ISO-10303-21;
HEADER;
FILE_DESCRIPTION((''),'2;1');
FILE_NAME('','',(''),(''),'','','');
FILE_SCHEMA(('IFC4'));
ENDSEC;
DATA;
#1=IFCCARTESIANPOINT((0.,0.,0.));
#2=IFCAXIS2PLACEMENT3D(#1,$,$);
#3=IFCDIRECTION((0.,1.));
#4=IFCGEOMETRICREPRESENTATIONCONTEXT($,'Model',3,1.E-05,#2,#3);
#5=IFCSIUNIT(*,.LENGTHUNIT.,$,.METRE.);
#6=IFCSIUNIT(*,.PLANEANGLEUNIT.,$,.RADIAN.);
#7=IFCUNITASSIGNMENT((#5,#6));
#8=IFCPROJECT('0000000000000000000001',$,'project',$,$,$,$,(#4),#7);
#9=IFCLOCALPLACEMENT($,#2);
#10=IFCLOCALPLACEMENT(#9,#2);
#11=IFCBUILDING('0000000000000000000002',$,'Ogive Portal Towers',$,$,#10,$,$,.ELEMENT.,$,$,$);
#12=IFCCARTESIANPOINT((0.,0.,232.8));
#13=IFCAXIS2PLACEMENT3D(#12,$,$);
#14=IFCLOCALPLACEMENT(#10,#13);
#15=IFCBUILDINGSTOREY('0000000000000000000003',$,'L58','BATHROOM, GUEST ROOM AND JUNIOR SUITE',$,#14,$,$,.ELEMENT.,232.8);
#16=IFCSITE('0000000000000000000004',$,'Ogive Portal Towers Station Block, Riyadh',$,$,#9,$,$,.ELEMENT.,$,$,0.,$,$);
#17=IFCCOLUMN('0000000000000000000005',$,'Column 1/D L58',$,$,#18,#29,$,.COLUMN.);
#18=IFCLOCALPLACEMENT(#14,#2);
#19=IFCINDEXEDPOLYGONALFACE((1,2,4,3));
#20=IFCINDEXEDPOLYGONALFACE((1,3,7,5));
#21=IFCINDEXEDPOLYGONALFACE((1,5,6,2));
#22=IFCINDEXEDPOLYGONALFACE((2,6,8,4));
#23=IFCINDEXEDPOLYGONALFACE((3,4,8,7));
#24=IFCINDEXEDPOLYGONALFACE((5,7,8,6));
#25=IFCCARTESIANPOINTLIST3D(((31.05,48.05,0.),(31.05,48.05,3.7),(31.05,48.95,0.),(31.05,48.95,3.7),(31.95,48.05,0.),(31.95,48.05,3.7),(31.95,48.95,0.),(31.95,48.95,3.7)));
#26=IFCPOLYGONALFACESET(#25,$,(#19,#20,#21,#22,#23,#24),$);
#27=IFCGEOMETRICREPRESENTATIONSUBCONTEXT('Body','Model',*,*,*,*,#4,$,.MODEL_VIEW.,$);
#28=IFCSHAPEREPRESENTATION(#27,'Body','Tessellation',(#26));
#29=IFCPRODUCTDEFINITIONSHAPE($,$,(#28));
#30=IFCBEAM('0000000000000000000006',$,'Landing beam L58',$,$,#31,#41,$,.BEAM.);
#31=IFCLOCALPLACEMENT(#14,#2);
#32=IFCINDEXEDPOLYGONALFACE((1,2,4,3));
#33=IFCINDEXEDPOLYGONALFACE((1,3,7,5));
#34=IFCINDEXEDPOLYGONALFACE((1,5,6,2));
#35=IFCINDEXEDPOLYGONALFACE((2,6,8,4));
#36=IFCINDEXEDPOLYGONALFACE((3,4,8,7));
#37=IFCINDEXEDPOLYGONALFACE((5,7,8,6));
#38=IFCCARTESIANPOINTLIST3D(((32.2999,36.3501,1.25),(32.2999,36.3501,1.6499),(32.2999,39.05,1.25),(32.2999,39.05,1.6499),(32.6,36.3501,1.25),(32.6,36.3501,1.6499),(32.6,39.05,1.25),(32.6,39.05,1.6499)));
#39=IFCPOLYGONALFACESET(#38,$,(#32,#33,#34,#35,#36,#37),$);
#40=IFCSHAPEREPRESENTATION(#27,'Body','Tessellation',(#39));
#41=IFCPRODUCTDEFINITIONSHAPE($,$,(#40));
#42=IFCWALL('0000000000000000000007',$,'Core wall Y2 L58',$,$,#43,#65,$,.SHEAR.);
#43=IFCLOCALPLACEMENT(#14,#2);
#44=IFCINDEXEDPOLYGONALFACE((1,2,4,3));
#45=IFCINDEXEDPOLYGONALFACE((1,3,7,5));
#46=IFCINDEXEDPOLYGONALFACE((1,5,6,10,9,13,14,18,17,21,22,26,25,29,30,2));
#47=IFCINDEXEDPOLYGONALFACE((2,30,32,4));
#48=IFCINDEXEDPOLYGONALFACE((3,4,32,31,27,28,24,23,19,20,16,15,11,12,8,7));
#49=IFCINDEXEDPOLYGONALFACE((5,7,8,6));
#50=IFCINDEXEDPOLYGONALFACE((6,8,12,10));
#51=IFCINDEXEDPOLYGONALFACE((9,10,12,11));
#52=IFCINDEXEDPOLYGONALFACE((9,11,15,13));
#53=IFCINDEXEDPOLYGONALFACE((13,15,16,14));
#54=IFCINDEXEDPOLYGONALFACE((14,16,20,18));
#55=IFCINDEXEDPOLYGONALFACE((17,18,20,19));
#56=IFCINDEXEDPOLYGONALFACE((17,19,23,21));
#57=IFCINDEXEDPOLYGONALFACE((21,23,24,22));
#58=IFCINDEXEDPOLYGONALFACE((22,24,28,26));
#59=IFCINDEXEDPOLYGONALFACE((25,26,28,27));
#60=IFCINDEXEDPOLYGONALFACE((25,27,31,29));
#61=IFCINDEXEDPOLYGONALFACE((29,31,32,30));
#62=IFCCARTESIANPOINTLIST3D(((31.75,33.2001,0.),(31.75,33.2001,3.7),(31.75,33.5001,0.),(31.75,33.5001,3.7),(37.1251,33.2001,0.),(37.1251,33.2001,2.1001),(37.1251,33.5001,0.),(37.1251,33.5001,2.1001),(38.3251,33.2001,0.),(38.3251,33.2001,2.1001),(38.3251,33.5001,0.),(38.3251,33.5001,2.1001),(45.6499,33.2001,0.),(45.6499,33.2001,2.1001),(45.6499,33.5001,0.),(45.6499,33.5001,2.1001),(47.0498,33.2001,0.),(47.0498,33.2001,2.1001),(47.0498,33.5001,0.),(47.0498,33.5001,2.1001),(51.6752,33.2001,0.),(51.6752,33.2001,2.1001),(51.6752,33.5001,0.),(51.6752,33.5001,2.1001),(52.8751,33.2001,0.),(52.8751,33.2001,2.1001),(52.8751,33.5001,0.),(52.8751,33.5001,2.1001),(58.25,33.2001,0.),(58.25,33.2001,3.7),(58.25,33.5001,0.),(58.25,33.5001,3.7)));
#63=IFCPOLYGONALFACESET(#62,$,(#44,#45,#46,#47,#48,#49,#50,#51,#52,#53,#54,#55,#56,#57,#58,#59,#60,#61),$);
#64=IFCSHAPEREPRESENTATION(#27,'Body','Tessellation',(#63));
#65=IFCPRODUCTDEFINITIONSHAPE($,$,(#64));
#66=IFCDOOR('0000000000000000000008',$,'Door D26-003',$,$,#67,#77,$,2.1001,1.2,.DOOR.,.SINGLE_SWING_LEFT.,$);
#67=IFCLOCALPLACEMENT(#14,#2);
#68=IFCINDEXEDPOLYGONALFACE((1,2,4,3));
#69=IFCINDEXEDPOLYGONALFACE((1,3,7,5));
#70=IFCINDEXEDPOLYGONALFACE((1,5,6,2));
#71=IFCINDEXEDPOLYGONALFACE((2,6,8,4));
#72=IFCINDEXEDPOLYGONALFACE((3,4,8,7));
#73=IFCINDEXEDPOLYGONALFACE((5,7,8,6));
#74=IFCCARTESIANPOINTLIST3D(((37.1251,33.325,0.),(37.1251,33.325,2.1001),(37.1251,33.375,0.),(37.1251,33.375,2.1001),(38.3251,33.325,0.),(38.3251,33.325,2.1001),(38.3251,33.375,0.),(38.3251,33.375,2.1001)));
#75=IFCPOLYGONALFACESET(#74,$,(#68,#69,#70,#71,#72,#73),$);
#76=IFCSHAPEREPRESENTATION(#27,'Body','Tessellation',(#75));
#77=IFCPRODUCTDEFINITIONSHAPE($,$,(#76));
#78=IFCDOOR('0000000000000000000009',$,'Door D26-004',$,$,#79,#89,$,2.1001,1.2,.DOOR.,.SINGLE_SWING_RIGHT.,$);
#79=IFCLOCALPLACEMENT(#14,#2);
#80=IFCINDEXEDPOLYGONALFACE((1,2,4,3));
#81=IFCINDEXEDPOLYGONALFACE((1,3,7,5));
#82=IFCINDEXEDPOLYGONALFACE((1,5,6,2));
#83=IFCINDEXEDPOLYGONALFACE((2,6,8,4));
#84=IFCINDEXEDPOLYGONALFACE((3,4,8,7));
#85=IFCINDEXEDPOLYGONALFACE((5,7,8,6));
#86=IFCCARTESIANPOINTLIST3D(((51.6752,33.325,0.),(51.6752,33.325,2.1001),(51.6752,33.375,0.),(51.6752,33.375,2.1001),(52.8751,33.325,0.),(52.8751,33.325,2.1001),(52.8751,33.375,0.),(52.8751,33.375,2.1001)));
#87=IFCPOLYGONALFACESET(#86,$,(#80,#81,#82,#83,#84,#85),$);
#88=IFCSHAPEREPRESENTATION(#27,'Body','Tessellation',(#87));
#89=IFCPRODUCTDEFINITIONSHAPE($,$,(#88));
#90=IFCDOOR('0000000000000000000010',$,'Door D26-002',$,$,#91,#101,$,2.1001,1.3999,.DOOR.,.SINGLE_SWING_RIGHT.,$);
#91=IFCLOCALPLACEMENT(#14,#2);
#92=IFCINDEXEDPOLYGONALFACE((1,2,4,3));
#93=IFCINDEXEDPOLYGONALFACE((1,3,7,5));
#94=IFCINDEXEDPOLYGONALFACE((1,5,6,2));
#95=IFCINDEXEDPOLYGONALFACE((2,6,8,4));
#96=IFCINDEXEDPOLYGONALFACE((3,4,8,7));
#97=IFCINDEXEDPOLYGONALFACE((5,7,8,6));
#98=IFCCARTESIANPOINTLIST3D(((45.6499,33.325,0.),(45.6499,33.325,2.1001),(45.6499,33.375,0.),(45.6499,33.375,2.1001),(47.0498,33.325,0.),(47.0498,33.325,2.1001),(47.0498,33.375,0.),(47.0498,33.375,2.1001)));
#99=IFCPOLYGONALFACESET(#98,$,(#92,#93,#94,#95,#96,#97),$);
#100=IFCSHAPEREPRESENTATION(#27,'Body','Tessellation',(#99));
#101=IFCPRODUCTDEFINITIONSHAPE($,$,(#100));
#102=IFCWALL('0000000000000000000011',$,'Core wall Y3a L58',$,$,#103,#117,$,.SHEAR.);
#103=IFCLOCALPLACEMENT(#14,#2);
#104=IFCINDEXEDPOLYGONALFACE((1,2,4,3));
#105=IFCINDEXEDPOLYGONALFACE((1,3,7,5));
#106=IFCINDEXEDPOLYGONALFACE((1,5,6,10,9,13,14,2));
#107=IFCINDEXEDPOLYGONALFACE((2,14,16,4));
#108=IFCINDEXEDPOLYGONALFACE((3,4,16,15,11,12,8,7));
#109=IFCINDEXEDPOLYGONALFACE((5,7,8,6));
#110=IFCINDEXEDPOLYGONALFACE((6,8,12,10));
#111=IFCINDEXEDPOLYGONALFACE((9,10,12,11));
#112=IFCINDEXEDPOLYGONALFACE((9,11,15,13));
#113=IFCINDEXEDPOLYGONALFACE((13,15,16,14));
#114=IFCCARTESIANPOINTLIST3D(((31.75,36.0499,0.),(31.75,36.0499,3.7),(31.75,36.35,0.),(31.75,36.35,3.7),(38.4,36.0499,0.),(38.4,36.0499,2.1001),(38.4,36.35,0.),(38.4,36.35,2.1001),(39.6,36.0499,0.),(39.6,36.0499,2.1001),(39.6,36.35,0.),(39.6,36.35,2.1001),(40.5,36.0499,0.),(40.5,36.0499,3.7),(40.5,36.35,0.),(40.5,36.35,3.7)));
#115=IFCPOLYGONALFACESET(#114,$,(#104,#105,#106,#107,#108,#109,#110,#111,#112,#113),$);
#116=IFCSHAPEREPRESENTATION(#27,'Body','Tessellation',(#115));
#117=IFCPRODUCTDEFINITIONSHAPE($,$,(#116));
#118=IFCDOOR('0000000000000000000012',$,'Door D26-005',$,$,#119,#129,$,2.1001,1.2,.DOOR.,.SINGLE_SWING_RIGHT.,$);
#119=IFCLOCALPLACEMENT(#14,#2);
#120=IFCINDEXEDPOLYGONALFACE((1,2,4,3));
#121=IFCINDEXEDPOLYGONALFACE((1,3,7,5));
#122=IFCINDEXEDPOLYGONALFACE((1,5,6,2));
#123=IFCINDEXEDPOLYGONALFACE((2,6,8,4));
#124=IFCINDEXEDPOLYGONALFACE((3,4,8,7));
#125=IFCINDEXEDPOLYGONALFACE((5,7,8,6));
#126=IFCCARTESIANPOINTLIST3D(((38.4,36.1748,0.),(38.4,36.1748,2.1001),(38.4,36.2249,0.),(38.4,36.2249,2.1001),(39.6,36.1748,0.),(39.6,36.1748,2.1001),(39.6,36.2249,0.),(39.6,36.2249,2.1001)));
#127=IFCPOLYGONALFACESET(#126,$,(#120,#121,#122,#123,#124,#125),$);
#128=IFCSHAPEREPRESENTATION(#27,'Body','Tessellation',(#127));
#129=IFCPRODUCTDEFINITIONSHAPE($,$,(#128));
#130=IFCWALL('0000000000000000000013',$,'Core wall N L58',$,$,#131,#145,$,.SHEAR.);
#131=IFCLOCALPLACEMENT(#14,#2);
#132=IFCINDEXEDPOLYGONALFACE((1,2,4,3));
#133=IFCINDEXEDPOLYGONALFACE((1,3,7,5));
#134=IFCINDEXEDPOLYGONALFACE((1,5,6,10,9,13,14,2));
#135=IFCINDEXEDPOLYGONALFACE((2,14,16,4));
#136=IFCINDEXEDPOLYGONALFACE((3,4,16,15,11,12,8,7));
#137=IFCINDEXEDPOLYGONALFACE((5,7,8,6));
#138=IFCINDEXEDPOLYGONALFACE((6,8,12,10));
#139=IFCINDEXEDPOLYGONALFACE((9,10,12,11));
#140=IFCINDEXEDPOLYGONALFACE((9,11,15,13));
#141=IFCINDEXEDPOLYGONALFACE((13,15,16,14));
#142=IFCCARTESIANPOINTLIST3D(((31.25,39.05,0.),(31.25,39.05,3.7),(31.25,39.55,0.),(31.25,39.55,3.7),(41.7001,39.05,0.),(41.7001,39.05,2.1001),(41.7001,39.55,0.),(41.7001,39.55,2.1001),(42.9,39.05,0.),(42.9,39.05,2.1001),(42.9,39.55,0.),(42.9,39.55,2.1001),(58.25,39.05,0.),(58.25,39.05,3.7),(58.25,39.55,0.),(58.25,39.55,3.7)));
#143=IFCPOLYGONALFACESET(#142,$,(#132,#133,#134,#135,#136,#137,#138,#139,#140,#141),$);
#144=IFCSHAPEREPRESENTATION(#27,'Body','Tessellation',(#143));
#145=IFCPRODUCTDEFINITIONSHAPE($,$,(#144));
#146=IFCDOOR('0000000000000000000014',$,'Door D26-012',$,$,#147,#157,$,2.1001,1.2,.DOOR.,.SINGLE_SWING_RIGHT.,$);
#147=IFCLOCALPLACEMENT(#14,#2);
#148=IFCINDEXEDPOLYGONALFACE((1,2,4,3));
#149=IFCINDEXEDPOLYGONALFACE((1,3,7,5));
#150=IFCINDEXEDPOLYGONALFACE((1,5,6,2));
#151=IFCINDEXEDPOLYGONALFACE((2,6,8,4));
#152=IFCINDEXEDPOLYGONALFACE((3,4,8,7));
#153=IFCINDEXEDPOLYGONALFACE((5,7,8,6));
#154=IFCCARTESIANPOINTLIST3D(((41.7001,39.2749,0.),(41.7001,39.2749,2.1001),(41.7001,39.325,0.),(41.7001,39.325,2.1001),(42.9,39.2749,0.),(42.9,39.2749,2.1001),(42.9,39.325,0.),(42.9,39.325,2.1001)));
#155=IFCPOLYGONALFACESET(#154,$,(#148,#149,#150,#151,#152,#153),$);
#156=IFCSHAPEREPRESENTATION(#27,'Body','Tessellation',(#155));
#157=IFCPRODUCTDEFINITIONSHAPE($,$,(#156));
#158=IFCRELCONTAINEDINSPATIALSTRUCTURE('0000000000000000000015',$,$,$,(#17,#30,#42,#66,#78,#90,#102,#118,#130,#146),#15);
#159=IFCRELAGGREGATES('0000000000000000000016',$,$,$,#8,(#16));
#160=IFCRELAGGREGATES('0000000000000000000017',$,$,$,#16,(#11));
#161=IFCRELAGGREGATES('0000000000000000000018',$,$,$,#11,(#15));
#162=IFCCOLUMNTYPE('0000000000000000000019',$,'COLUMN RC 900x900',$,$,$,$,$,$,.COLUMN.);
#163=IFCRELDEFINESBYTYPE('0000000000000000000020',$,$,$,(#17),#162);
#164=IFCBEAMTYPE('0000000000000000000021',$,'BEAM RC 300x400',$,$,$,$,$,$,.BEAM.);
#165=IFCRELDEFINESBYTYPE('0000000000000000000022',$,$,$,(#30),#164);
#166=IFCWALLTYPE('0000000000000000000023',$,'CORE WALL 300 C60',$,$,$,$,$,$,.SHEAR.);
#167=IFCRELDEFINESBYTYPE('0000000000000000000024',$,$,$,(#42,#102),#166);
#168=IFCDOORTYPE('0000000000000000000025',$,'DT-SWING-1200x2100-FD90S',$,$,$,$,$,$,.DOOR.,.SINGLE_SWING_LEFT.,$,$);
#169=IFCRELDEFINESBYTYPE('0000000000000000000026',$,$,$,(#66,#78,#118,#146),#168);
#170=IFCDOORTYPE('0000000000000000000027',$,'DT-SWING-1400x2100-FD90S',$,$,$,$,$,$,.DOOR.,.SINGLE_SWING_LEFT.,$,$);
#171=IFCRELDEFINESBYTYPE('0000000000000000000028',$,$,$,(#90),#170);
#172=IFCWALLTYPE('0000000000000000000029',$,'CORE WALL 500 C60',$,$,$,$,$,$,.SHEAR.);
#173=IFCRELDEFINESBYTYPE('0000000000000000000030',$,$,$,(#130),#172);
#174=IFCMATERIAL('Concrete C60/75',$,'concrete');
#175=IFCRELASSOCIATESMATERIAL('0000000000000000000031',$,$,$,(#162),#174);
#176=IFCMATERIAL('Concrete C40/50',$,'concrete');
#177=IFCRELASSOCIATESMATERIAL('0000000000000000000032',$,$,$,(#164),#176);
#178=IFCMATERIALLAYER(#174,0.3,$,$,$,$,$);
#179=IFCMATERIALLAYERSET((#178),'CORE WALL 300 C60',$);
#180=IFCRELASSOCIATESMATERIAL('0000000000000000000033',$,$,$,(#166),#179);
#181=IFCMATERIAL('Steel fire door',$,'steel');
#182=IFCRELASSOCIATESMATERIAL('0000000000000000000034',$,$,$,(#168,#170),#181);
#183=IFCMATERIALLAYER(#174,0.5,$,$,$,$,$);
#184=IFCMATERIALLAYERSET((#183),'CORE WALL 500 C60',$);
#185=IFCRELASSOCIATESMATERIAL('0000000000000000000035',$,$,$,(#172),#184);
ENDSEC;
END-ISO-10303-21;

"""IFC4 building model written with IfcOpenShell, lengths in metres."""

from ifc_helpers import new_model, si_unit, direction, frame, frame_2d, origin, origin_2d, place, context, subcontext, project, spatial, rectangle, extrude, material, layer, layer_set, material_profile, profile_set, type_object, element, fill, save


model = new_model("IFC4")

# Units and contexts
model_context = context("Model", 3, precision=1e-05, world=origin(), true_north=direction((0.0, 1.0)))
body_context = subcontext(model_context, "Body", "Model", "MODEL_VIEW")
ifc_project = project(units=[si_unit("LENGTHUNIT", "METRE"), si_unit("PLANEANGLEUNIT", "RADIAN")], contexts=[model_context])

# Site, building, storey
site_placement = place(None, origin())
site = spatial("IfcSite", under=ifc_project, at=site_placement, Name="Ogive Portal Towers Station Block, Riyadh", CompositionType="ELEMENT", RefElevation=0.0)
building_placement = place(site_placement, origin())
building = spatial("IfcBuilding", under=site, at=building_placement, Name="Ogive Portal Towers", CompositionType="ELEMENT")
storey_placement = place(building_placement, frame((0.0, 0.0, 232.8)))
storey = spatial("IfcBuildingStorey", under=building, at=storey_placement, Name="L58", Description="BATHROOM, GUEST ROOM AND JUNIOR SUITE", CompositionType="ELEMENT", Elevation=232.8)

# Column
ifc_material_1 = material(Name="Concrete C60/75", Category="concrete")
ifc_material_profile_1 = material_profile(ifc_material_1, rectangle(XDim=0.8999, YDim=0.8999, at=origin_2d()), Name="RC 900x900")
ifc_profile_set_1 = profile_set([ifc_material_profile_1], Name="Concrete C60/75")
column_type = type_object("IfcColumnType", Name="COLUMN RC 900x900", PredefinedType="COLUMN", material=ifc_profile_set_1)
column_placement = place(storey_placement, frame((31.5, 48.5, 0.0), z_axis=(0.0, 0.0, 1.0), x_axis=(1.0, 0.0, 0.0)))
element("IfcColumn", 1, at=column_placement, inside=storey, type_object=column_type, Name="Column 1/D L58", PredefinedType="COLUMN", context=body_context, shape_type="SweptSolid", body=[
    extrude(rectangle(XDim=0.8999, YDim=0.8999, at=origin_2d()), origin(), (0.0, 0.0, 1.0), 3.7),
])

# Beam
ifc_material_2 = material(Name="Concrete C40/50", Category="concrete")
ifc_material_profile_2 = material_profile(ifc_material_2, rectangle(XDim=0.3, YDim=0.3999, at=origin_2d()), Name="RC 300x400")
ifc_profile_set_2 = profile_set([ifc_material_profile_2], Name="Concrete C40/50")
beam_type = type_object("IfcBeamType", Name="BEAM RC 300x400", PredefinedType="BEAM", material=ifc_profile_set_2)
beam_placement = place(storey_placement, frame((32.45, 36.3501, 1.45), z_axis=(0.0, 1.0, 0.0), x_axis=(-1.0, 0.0, 0.0)))
element("IfcBeam", 2, at=beam_placement, inside=storey, type_object=beam_type, Name="Landing beam L58", PredefinedType="BEAM", context=body_context, shape_type="SweptSolid", body=[
    extrude(rectangle(XDim=0.3, YDim=0.3999, at=origin_2d()), origin(), (0.0, 0.0, 1.0), 2.7),
])

# Wall, openings, doors
ifc_layer_1 = layer(ifc_material_1, 0.3)
ifc_layer_set_1 = layer_set([ifc_layer_1], Name="CORE WALL 300 C60")
wall_type_1 = type_object("IfcWallType", Name="CORE WALL 300 C60", PredefinedType="SHEAR", material=ifc_layer_set_1)
wall_1_placement = place(storey_placement, frame((31.75, 33.3501, 0.0), z_axis=(0.0, 0.0, 1.0), x_axis=(1.0, 0.0, 0.0)))
wall_1 = element("IfcWall", 3, at=wall_1_placement, inside=storey, type_object=wall_type_1, Name="Core wall Y2 L58", PredefinedType="SHEAR", context=body_context, shape_type="SweptSolid", body=[
    extrude(rectangle(XDim=26.5, YDim=0.3, at=frame_2d((13.25, 0.0))), origin(), (0.0, 0.0, 1.0), 3.7),
])
opening_1_placement = place(wall_1_placement, frame((13.8999, 0.0, 0.0)))
opening_1 = element("IfcOpeningElement", 4, at=opening_1_placement, cuts=wall_1, PredefinedType="OPENING", context=body_context, shape_type="SweptSolid", body=[
    extrude(rectangle(XDim=1.3999, YDim=2.1001, at=frame_2d((0.7, 1.05))), frame((0.0, 0.1602, 0.0), z_axis=(0.0, -1.0, 0.0), x_axis=(1.0, 0.0, 0.0)), (0.0, 0.0, 1.0), 0.3201),
])
opening_2_placement = place(wall_1_placement, frame((5.375, 0.0, 0.0)))
opening_2 = element("IfcOpeningElement", 5, at=opening_2_placement, cuts=wall_1, PredefinedType="OPENING", context=body_context, shape_type="SweptSolid", body=[
    extrude(rectangle(XDim=1.2, YDim=2.1001, at=frame_2d((0.6001, 1.05))), frame((0.0, 0.1602, 0.0), z_axis=(0.0, -1.0, 0.0), x_axis=(1.0, 0.0, 0.0)), (0.0, 0.0, 1.0), 0.3201),
])
opening_3_placement = place(wall_1_placement, frame((19.925, 0.0, 0.0)))
opening_3 = element("IfcOpeningElement", 6, at=opening_3_placement, cuts=wall_1, PredefinedType="OPENING", context=body_context, shape_type="SweptSolid", body=[
    extrude(rectangle(XDim=1.2, YDim=2.1001, at=frame_2d((0.6001, 1.05))), frame((0.0, 0.1602, 0.0), z_axis=(0.0, -1.0, 0.0), x_axis=(1.0, 0.0, 0.0)), (0.0, 0.0, 1.0), 0.3201),
])
ifc_material_3 = material(Name="Steel fire door", Category="steel")
door_type_1 = type_object("IfcDoorType", Name="DT-SWING-1200x2100-FD90S", OperationType="SINGLE_SWING_LEFT", PredefinedType="DOOR", material=ifc_material_3)
door_1_placement = place(opening_2_placement, origin())
door_1 = element("IfcDoor", 7, at=door_1_placement, inside=storey, type_object=door_type_1, Name="Door D26-003", OperationType="SINGLE_SWING_LEFT", OverallHeight=2.1001, OverallWidth=1.2, PredefinedType="DOOR", context=body_context, shape_type="SweptSolid", body=[
    extrude(rectangle(XDim=1.2, YDim=2.1001, at=frame_2d((0.6001, 1.05))), frame((0.0, 0.0249, 0.0), z_axis=(0.0, -1.0, 0.0), x_axis=(1.0, 0.0, 0.0)), (0.0, 0.0, 1.0), 0.05),
])
fill(opening_2, door_1)
door_2_placement = place(opening_3_placement, origin())
door_2 = element("IfcDoor", 8, at=door_2_placement, inside=storey, type_object=door_type_1, Name="Door D26-004", OperationType="SINGLE_SWING_RIGHT", OverallHeight=2.1001, OverallWidth=1.2, PredefinedType="DOOR", context=body_context, shape_type="SweptSolid", body=[
    extrude(rectangle(XDim=1.2, YDim=2.1001, at=frame_2d((0.6001, 1.05))), frame((0.0, 0.0249, 0.0), z_axis=(0.0, -1.0, 0.0), x_axis=(1.0, 0.0, 0.0)), (0.0, 0.0, 1.0), 0.05),
])
fill(opening_3, door_2)
door_type_2 = type_object("IfcDoorType", Name="DT-SWING-1400x2100-FD90S", OperationType="SINGLE_SWING_LEFT", PredefinedType="DOOR", material=ifc_material_3)
door_3_placement = place(opening_1_placement, origin())
door_3 = element("IfcDoor", 9, at=door_3_placement, inside=storey, type_object=door_type_2, Name="Door D26-002", OperationType="SINGLE_SWING_RIGHT", OverallHeight=2.1001, OverallWidth=1.3999, PredefinedType="DOOR", context=body_context, shape_type="SweptSolid", body=[
    extrude(rectangle(XDim=1.3999, YDim=2.1001, at=frame_2d((0.7, 1.05))), frame((0.0, 0.0249, 0.0), z_axis=(0.0, -1.0, 0.0), x_axis=(1.0, 0.0, 0.0)), (0.0, 0.0, 1.0), 0.05),
])
fill(opening_1, door_3)

# Walls, openings, doors
wall_2_placement = place(storey_placement, frame((31.75, 36.2, 0.0), z_axis=(0.0, 0.0, 1.0), x_axis=(1.0, 0.0, 0.0)))
wall_2 = element("IfcWall", 10, at=wall_2_placement, inside=storey, type_object=wall_type_1, Name="Core wall Y3a L58", PredefinedType="SHEAR", context=body_context, shape_type="SweptSolid", body=[
    extrude(rectangle(XDim=8.75, YDim=0.3, at=frame_2d((4.375, 0.0))), origin(), (0.0, 0.0, 1.0), 3.7),
])
opening_4_placement = place(wall_2_placement, frame((6.6499, 0.0, 0.0)))
opening_4 = element("IfcOpeningElement", 11, at=opening_4_placement, cuts=wall_2, PredefinedType="OPENING", context=body_context, shape_type="SweptSolid", body=[
    extrude(rectangle(XDim=1.2, YDim=2.1001, at=frame_2d((0.6001, 1.05))), frame((0.0, 0.1602, 0.0), z_axis=(0.0, -1.0, 0.0), x_axis=(1.0, 0.0, 0.0)), (0.0, 0.0, 1.0), 0.3201),
])
door_4_placement = place(opening_4_placement, origin())
door_4 = element("IfcDoor", 12, at=door_4_placement, inside=storey, type_object=door_type_1, Name="Door D26-005", OperationType="SINGLE_SWING_RIGHT", OverallHeight=2.1001, OverallWidth=1.2, PredefinedType="DOOR", context=body_context, shape_type="SweptSolid", body=[
    extrude(rectangle(XDim=1.2, YDim=2.1001, at=frame_2d((0.6001, 1.05))), frame((0.0, 0.0249, 0.0), z_axis=(0.0, -1.0, 0.0), x_axis=(1.0, 0.0, 0.0)), (0.0, 0.0, 1.0), 0.05),
])
fill(opening_4, door_4)
ifc_layer_2 = layer(ifc_material_1, 0.5)
ifc_layer_set_2 = layer_set([ifc_layer_2], Name="CORE WALL 500 C60")
wall_type_2 = type_object("IfcWallType", Name="CORE WALL 500 C60", PredefinedType="SHEAR", material=ifc_layer_set_2)
wall_3_placement = place(storey_placement, frame((31.25, 39.3, 0.0), z_axis=(0.0, 0.0, 1.0), x_axis=(1.0, 0.0, 0.0)))
wall_3 = element("IfcWall", 13, at=wall_3_placement, inside=storey, type_object=wall_type_2, Name="Core wall N L58", PredefinedType="SHEAR", context=body_context, shape_type="SweptSolid", body=[
    extrude(rectangle(XDim=27.0, YDim=0.5, at=frame_2d((13.5, 0.0))), origin(), (0.0, 0.0, 1.0), 3.7),
])
opening_5_placement = place(wall_3_placement, frame((10.45, 0.0, 0.0)))
opening_5 = element("IfcOpeningElement", 14, at=opening_5_placement, cuts=wall_3, PredefinedType="OPENING", context=body_context, shape_type="SweptSolid", body=[
    extrude(rectangle(XDim=1.2, YDim=2.1001, at=frame_2d((0.6001, 1.05))), frame((0.0, 0.26, 0.0), z_axis=(0.0, -1.0, 0.0), x_axis=(1.0, 0.0, 0.0)), (0.0, 0.0, 1.0), 0.52),
])
door_5_placement = place(opening_5_placement, origin())
door_5 = element("IfcDoor", 15, at=door_5_placement, inside=storey, type_object=door_type_1, Name="Door D26-012", OperationType="SINGLE_SWING_RIGHT", OverallHeight=2.1001, OverallWidth=1.2, PredefinedType="DOOR", context=body_context, shape_type="SweptSolid", body=[
    extrude(rectangle(XDim=1.2, YDim=2.1001, at=frame_2d((0.6001, 1.05))), frame((0.0, 0.0249, 0.0), z_axis=(0.0, -1.0, 0.0), x_axis=(1.0, 0.0, 0.0)), (0.0, 0.0, 1.0), 0.05),
])
fill(opening_5, door_5)

save(model, "model.ifc")
